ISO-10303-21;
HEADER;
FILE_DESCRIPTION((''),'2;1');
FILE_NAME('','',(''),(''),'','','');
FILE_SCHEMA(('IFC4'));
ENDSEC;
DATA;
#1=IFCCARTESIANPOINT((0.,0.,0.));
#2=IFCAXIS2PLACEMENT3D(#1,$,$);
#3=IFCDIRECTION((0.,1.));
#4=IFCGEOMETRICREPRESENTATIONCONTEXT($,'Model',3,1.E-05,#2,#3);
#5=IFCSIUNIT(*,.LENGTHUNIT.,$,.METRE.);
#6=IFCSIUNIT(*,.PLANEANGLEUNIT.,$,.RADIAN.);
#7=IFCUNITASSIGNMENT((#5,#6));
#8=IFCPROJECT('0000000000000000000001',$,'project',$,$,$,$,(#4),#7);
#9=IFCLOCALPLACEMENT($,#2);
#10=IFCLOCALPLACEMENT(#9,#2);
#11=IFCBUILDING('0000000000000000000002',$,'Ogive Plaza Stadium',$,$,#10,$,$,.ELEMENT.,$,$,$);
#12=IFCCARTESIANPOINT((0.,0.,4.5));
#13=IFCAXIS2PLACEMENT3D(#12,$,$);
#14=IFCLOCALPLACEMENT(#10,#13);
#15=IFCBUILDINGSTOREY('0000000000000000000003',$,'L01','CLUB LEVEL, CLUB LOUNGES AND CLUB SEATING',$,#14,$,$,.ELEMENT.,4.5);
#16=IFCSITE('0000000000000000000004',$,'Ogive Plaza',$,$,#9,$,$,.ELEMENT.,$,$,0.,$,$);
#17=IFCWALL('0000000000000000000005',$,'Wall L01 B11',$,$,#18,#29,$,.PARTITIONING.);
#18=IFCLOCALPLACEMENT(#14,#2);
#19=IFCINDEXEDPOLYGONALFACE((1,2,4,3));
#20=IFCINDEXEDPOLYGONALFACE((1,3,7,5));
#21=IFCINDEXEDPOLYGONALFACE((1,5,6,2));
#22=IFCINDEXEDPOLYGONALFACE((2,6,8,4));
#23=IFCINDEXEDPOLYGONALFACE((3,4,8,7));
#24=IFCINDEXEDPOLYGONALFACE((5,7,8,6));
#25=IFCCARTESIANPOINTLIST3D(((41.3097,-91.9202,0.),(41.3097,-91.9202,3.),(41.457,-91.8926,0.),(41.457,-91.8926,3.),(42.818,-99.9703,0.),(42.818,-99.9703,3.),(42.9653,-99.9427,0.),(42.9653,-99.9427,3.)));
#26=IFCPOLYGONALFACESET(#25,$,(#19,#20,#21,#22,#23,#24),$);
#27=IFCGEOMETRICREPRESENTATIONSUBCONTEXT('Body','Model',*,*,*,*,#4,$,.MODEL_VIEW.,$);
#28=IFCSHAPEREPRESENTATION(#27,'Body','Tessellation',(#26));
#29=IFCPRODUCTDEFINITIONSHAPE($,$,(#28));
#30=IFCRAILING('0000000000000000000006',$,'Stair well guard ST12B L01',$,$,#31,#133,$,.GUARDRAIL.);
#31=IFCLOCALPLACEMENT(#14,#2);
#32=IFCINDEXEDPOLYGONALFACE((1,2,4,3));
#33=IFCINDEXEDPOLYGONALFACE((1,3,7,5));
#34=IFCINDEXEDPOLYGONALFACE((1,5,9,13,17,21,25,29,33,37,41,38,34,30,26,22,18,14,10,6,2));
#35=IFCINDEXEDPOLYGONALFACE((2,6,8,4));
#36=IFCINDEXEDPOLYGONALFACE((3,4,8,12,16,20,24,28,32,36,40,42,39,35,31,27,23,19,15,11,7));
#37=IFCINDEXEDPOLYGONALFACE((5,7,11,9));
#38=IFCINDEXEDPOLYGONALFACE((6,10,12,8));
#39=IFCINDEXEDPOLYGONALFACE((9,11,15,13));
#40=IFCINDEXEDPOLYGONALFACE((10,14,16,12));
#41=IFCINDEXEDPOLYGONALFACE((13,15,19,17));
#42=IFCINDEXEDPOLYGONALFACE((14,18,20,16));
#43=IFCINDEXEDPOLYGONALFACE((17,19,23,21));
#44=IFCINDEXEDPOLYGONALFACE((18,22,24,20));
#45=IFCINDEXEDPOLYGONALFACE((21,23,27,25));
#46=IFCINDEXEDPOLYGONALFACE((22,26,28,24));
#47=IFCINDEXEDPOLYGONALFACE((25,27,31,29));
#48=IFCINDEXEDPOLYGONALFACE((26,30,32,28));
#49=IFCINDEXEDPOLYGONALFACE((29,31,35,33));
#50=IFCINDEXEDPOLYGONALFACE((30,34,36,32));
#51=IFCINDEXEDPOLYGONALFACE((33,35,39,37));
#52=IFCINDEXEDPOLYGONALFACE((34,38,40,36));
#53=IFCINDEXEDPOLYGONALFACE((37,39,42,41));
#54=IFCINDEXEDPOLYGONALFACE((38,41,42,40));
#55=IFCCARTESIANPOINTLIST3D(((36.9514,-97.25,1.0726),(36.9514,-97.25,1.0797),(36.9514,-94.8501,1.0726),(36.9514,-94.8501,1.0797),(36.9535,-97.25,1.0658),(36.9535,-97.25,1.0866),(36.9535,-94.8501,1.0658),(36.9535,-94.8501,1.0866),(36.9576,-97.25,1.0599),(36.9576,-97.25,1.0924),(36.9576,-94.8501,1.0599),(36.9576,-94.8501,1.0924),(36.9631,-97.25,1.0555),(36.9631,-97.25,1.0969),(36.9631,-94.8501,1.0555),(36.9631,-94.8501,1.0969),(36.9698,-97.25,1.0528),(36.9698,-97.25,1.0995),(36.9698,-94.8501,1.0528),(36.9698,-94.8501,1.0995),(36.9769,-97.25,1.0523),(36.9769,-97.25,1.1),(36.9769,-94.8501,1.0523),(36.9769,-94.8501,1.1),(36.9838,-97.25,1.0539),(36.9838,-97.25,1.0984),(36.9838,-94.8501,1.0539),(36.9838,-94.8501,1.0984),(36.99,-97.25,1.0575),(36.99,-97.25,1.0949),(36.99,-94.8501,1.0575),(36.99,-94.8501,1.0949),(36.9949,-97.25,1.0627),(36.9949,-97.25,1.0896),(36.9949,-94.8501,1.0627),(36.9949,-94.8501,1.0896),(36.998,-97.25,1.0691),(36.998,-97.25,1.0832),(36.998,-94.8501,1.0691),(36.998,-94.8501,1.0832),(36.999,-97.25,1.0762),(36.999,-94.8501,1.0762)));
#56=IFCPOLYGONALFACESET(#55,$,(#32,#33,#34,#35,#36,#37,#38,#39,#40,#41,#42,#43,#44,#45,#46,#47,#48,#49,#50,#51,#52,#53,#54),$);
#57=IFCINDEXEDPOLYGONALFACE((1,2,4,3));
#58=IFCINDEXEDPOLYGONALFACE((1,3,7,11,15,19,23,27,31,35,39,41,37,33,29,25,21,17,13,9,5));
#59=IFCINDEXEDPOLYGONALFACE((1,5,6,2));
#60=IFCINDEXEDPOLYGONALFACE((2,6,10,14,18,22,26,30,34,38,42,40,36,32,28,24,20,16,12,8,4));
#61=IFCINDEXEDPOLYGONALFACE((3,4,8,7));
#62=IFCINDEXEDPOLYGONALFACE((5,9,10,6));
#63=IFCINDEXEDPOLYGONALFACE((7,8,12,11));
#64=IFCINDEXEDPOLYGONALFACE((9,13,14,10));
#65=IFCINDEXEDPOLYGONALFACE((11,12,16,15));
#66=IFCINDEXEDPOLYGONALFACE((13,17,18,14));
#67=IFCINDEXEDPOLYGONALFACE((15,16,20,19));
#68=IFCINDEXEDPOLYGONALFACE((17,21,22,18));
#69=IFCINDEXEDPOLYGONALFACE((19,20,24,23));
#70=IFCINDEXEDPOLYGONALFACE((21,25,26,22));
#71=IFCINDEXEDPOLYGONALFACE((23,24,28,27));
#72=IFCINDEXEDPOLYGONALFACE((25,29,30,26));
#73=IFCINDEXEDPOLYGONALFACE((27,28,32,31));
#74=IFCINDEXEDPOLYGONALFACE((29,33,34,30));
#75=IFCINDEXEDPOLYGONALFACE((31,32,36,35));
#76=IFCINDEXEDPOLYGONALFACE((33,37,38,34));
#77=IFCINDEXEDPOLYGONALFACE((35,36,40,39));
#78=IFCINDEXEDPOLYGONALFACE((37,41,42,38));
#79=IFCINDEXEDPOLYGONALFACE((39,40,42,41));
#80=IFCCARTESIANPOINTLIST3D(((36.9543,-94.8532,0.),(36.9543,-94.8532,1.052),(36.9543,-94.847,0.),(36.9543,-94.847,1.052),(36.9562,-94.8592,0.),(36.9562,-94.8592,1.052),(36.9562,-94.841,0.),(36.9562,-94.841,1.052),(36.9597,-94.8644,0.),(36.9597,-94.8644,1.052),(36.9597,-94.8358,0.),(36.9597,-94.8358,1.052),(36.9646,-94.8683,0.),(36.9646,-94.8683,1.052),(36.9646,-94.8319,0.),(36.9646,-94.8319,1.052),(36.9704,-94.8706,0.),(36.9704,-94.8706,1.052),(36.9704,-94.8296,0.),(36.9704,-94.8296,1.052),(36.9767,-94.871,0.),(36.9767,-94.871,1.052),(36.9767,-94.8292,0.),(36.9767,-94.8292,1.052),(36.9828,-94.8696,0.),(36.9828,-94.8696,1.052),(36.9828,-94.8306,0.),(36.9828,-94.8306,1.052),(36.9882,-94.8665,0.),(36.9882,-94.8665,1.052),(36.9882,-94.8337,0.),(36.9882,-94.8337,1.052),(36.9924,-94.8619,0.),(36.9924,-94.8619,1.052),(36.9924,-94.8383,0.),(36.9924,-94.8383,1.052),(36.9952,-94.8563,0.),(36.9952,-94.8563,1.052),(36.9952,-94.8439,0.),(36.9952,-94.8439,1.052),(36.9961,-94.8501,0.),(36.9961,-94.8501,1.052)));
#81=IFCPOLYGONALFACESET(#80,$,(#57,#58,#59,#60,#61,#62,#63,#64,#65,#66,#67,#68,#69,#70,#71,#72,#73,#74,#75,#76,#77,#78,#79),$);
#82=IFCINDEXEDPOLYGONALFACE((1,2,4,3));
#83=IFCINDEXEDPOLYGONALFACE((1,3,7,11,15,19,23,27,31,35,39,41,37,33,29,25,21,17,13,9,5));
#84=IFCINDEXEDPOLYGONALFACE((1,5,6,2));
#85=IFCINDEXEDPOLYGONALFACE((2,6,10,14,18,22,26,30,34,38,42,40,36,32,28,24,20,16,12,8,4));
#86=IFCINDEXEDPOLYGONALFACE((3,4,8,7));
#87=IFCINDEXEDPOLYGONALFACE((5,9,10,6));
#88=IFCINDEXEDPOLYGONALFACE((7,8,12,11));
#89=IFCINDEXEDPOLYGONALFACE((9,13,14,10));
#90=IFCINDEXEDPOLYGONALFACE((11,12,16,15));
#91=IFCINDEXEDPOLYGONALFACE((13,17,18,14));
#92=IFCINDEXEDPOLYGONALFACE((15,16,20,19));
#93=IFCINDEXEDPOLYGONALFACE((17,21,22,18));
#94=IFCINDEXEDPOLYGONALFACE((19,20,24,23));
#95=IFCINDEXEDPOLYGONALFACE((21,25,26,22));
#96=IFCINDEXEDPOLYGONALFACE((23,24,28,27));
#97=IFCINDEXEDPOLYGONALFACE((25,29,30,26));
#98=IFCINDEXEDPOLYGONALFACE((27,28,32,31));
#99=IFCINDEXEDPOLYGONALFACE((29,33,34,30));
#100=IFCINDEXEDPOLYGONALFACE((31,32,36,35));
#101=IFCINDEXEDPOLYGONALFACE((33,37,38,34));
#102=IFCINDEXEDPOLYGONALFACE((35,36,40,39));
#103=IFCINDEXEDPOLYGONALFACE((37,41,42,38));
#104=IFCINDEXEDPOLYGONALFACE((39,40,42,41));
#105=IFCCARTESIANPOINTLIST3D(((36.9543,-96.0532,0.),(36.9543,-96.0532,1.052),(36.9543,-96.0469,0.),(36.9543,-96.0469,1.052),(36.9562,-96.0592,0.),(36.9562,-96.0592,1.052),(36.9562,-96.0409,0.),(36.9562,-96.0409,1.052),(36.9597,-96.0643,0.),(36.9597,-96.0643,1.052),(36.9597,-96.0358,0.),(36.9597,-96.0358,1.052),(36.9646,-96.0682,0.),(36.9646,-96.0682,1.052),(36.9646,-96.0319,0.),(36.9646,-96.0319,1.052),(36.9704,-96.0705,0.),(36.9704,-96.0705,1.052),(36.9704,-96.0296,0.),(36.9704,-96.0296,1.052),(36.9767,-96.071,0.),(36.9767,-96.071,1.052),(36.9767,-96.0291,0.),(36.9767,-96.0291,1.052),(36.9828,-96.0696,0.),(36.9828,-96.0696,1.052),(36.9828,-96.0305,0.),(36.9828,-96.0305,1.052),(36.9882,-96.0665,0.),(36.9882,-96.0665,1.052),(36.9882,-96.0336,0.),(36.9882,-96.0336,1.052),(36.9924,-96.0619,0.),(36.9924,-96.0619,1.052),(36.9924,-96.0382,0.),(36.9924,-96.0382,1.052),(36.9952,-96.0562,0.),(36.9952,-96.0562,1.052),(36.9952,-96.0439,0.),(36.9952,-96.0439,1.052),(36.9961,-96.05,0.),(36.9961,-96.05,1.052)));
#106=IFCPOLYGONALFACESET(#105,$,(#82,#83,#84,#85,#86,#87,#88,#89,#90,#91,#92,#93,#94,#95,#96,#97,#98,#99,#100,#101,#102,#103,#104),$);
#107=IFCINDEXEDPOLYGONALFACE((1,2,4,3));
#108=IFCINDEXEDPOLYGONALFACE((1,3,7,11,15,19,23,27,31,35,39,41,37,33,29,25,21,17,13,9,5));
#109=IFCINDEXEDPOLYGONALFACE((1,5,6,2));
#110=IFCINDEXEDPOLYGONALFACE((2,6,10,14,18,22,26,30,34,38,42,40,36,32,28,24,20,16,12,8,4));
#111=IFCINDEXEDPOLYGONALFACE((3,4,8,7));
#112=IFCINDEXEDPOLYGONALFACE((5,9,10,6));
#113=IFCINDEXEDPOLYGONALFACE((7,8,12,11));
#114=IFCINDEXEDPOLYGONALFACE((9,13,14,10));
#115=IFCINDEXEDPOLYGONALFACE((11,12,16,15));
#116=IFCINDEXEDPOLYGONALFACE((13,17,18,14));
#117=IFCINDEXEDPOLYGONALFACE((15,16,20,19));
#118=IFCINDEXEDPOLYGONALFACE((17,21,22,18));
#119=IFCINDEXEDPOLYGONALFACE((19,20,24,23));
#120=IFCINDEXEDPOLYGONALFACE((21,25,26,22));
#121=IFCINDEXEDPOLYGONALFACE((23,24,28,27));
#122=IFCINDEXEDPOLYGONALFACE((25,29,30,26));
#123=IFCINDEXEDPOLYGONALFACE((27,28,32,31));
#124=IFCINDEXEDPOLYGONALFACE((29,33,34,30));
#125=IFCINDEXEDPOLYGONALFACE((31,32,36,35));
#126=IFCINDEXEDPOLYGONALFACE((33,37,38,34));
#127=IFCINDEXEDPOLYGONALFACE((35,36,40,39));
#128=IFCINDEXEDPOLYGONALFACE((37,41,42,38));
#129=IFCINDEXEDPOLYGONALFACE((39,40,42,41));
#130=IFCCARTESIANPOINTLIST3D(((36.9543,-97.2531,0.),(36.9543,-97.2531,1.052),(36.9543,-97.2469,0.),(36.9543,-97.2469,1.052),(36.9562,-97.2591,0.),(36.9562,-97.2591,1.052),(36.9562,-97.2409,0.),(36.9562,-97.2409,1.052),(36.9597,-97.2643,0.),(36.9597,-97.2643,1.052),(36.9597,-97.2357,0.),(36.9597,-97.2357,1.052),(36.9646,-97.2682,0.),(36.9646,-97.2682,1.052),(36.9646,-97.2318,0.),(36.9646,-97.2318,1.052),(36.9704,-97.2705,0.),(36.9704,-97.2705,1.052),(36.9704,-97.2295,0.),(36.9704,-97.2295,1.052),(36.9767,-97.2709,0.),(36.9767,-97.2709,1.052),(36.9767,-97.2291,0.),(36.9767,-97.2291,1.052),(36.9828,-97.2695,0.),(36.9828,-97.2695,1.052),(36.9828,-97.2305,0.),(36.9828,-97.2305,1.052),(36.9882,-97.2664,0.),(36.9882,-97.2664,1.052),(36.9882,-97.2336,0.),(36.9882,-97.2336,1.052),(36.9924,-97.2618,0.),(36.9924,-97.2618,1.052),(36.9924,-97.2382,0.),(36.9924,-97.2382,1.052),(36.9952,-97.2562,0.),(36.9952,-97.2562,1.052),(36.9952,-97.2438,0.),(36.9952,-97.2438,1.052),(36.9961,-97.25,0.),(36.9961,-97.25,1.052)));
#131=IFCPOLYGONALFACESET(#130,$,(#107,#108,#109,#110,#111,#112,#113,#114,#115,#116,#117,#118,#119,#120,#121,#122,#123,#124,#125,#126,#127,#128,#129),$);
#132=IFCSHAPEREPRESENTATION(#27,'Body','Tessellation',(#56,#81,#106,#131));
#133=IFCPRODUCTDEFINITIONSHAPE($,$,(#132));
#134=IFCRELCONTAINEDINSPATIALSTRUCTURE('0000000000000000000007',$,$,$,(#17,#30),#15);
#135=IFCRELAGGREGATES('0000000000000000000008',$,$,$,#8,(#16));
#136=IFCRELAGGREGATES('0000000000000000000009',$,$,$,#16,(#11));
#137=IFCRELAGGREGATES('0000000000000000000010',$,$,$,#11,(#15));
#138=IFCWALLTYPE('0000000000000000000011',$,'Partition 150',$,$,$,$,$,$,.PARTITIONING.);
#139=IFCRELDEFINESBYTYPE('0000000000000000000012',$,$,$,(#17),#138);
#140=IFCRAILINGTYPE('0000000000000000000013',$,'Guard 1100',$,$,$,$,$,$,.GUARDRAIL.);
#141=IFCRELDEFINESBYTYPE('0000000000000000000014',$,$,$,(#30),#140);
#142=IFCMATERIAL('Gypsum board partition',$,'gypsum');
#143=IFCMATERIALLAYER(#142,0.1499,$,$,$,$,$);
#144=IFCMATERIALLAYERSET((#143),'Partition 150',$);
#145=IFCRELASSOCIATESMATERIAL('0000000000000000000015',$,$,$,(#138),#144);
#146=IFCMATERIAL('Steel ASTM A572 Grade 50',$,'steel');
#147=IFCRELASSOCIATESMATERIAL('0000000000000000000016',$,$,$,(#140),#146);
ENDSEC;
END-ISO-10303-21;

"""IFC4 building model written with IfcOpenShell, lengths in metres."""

from ifc_helpers import new_model, si_unit, direction, frame, frame_2d, origin, origin_2d, place, context, subcontext, project, spatial, rectangle, circle, extrude, material, layer, layer_set, type_object, element, save


model = new_model("IFC4")

# Units and contexts
model_context = context("Model", 3, precision=1e-05, world=origin(), true_north=direction((0.0, 1.0)))
body_context = subcontext(model_context, "Body", "Model", "MODEL_VIEW")
ifc_project = project(units=[si_unit("LENGTHUNIT", "METRE"), si_unit("PLANEANGLEUNIT", "RADIAN")], contexts=[model_context])

# Site, building, storey
site_placement = place(None, origin())
site = spatial("IfcSite", under=ifc_project, at=site_placement, Name="Ogive Plaza", CompositionType="ELEMENT", RefElevation=0.0)
building_placement = place(site_placement, origin())
building = spatial("IfcBuilding", under=site, at=building_placement, Name="Ogive Plaza Stadium", CompositionType="ELEMENT")
storey_placement = place(building_placement, frame((0.0, 0.0, 4.5)))
storey = spatial("IfcBuildingStorey", under=building, at=storey_placement, Name="L01", Description="CLUB LEVEL, CLUB LOUNGES AND CLUB SEATING", CompositionType="ELEMENT", Elevation=4.5)

# Shared definitions
ifc_material_1 = material(Name="Gypsum board partition", Category="gypsum")
ifc_layer_1 = layer(ifc_material_1, 0.1499)
ifc_layer_set_1 = layer_set([ifc_layer_1], Name="Partition 150")
wall_type_1 = type_object("IfcWallType", Name="Partition 150", PredefinedType="PARTITIONING", material=ifc_layer_set_1)

# Wall
wall_1_placement = place(storey_placement, frame((41.3833, -91.9062, 0.0), z_axis=(0.0, 0.0, 1.0), x_axis=(0.184161, -0.982896, 0.0)))
element("IfcWall", 1, at=wall_1_placement, inside=storey, type_object=wall_type_1, Name="Wall L01 B11", PredefinedType="PARTITIONING", context=body_context, shape_type="SweptSolid", body=[
    extrude(rectangle(XDim=8.1902, YDim=0.1499, at=frame_2d((4.0952, 0.0))), origin(), (0.0, 0.0, 1.0), 3.0),
])

# Railing
ifc_material_2 = material(Name="Steel ASTM A572 Grade 50", Category="steel")
railing_type_1 = type_object("IfcRailingType", Name="Guard 1100", PredefinedType="GUARDRAIL", material=ifc_material_2)
railing_placement = place(storey_placement, frame((36.9751, -94.8501, 0.0)))
element("IfcRailing", 2, at=railing_placement, inside=storey, type_object=railing_type_1, Name="Stair well guard ST12B L01", PredefinedType="GUARDRAIL", context=body_context, shape_type="SweptSolid", body=[
    extrude(circle(Radius=0.0239, at=origin_2d()), frame((0.0, 0.0, 1.0762), z_axis=(0.0, -1.0, 0.0), x_axis=(1.0, 0.0, 0.0)), (0.0, 0.0, 1.0), 2.3999),
    extrude(circle(Radius=0.021, at=origin_2d()), origin(), (0.0, 0.0, 1.0), 1.052),
    extrude(circle(Radius=0.021, at=origin_2d()), frame((0.0, -1.2, 0.0)), (0.0, 0.0, 1.0), 1.052),
    extrude(circle(Radius=0.021, at=origin_2d()), frame((0.0, -2.3999, 0.0)), (0.0, 0.0, 1.0), 1.052),
])

save(model, "model.ifc")
